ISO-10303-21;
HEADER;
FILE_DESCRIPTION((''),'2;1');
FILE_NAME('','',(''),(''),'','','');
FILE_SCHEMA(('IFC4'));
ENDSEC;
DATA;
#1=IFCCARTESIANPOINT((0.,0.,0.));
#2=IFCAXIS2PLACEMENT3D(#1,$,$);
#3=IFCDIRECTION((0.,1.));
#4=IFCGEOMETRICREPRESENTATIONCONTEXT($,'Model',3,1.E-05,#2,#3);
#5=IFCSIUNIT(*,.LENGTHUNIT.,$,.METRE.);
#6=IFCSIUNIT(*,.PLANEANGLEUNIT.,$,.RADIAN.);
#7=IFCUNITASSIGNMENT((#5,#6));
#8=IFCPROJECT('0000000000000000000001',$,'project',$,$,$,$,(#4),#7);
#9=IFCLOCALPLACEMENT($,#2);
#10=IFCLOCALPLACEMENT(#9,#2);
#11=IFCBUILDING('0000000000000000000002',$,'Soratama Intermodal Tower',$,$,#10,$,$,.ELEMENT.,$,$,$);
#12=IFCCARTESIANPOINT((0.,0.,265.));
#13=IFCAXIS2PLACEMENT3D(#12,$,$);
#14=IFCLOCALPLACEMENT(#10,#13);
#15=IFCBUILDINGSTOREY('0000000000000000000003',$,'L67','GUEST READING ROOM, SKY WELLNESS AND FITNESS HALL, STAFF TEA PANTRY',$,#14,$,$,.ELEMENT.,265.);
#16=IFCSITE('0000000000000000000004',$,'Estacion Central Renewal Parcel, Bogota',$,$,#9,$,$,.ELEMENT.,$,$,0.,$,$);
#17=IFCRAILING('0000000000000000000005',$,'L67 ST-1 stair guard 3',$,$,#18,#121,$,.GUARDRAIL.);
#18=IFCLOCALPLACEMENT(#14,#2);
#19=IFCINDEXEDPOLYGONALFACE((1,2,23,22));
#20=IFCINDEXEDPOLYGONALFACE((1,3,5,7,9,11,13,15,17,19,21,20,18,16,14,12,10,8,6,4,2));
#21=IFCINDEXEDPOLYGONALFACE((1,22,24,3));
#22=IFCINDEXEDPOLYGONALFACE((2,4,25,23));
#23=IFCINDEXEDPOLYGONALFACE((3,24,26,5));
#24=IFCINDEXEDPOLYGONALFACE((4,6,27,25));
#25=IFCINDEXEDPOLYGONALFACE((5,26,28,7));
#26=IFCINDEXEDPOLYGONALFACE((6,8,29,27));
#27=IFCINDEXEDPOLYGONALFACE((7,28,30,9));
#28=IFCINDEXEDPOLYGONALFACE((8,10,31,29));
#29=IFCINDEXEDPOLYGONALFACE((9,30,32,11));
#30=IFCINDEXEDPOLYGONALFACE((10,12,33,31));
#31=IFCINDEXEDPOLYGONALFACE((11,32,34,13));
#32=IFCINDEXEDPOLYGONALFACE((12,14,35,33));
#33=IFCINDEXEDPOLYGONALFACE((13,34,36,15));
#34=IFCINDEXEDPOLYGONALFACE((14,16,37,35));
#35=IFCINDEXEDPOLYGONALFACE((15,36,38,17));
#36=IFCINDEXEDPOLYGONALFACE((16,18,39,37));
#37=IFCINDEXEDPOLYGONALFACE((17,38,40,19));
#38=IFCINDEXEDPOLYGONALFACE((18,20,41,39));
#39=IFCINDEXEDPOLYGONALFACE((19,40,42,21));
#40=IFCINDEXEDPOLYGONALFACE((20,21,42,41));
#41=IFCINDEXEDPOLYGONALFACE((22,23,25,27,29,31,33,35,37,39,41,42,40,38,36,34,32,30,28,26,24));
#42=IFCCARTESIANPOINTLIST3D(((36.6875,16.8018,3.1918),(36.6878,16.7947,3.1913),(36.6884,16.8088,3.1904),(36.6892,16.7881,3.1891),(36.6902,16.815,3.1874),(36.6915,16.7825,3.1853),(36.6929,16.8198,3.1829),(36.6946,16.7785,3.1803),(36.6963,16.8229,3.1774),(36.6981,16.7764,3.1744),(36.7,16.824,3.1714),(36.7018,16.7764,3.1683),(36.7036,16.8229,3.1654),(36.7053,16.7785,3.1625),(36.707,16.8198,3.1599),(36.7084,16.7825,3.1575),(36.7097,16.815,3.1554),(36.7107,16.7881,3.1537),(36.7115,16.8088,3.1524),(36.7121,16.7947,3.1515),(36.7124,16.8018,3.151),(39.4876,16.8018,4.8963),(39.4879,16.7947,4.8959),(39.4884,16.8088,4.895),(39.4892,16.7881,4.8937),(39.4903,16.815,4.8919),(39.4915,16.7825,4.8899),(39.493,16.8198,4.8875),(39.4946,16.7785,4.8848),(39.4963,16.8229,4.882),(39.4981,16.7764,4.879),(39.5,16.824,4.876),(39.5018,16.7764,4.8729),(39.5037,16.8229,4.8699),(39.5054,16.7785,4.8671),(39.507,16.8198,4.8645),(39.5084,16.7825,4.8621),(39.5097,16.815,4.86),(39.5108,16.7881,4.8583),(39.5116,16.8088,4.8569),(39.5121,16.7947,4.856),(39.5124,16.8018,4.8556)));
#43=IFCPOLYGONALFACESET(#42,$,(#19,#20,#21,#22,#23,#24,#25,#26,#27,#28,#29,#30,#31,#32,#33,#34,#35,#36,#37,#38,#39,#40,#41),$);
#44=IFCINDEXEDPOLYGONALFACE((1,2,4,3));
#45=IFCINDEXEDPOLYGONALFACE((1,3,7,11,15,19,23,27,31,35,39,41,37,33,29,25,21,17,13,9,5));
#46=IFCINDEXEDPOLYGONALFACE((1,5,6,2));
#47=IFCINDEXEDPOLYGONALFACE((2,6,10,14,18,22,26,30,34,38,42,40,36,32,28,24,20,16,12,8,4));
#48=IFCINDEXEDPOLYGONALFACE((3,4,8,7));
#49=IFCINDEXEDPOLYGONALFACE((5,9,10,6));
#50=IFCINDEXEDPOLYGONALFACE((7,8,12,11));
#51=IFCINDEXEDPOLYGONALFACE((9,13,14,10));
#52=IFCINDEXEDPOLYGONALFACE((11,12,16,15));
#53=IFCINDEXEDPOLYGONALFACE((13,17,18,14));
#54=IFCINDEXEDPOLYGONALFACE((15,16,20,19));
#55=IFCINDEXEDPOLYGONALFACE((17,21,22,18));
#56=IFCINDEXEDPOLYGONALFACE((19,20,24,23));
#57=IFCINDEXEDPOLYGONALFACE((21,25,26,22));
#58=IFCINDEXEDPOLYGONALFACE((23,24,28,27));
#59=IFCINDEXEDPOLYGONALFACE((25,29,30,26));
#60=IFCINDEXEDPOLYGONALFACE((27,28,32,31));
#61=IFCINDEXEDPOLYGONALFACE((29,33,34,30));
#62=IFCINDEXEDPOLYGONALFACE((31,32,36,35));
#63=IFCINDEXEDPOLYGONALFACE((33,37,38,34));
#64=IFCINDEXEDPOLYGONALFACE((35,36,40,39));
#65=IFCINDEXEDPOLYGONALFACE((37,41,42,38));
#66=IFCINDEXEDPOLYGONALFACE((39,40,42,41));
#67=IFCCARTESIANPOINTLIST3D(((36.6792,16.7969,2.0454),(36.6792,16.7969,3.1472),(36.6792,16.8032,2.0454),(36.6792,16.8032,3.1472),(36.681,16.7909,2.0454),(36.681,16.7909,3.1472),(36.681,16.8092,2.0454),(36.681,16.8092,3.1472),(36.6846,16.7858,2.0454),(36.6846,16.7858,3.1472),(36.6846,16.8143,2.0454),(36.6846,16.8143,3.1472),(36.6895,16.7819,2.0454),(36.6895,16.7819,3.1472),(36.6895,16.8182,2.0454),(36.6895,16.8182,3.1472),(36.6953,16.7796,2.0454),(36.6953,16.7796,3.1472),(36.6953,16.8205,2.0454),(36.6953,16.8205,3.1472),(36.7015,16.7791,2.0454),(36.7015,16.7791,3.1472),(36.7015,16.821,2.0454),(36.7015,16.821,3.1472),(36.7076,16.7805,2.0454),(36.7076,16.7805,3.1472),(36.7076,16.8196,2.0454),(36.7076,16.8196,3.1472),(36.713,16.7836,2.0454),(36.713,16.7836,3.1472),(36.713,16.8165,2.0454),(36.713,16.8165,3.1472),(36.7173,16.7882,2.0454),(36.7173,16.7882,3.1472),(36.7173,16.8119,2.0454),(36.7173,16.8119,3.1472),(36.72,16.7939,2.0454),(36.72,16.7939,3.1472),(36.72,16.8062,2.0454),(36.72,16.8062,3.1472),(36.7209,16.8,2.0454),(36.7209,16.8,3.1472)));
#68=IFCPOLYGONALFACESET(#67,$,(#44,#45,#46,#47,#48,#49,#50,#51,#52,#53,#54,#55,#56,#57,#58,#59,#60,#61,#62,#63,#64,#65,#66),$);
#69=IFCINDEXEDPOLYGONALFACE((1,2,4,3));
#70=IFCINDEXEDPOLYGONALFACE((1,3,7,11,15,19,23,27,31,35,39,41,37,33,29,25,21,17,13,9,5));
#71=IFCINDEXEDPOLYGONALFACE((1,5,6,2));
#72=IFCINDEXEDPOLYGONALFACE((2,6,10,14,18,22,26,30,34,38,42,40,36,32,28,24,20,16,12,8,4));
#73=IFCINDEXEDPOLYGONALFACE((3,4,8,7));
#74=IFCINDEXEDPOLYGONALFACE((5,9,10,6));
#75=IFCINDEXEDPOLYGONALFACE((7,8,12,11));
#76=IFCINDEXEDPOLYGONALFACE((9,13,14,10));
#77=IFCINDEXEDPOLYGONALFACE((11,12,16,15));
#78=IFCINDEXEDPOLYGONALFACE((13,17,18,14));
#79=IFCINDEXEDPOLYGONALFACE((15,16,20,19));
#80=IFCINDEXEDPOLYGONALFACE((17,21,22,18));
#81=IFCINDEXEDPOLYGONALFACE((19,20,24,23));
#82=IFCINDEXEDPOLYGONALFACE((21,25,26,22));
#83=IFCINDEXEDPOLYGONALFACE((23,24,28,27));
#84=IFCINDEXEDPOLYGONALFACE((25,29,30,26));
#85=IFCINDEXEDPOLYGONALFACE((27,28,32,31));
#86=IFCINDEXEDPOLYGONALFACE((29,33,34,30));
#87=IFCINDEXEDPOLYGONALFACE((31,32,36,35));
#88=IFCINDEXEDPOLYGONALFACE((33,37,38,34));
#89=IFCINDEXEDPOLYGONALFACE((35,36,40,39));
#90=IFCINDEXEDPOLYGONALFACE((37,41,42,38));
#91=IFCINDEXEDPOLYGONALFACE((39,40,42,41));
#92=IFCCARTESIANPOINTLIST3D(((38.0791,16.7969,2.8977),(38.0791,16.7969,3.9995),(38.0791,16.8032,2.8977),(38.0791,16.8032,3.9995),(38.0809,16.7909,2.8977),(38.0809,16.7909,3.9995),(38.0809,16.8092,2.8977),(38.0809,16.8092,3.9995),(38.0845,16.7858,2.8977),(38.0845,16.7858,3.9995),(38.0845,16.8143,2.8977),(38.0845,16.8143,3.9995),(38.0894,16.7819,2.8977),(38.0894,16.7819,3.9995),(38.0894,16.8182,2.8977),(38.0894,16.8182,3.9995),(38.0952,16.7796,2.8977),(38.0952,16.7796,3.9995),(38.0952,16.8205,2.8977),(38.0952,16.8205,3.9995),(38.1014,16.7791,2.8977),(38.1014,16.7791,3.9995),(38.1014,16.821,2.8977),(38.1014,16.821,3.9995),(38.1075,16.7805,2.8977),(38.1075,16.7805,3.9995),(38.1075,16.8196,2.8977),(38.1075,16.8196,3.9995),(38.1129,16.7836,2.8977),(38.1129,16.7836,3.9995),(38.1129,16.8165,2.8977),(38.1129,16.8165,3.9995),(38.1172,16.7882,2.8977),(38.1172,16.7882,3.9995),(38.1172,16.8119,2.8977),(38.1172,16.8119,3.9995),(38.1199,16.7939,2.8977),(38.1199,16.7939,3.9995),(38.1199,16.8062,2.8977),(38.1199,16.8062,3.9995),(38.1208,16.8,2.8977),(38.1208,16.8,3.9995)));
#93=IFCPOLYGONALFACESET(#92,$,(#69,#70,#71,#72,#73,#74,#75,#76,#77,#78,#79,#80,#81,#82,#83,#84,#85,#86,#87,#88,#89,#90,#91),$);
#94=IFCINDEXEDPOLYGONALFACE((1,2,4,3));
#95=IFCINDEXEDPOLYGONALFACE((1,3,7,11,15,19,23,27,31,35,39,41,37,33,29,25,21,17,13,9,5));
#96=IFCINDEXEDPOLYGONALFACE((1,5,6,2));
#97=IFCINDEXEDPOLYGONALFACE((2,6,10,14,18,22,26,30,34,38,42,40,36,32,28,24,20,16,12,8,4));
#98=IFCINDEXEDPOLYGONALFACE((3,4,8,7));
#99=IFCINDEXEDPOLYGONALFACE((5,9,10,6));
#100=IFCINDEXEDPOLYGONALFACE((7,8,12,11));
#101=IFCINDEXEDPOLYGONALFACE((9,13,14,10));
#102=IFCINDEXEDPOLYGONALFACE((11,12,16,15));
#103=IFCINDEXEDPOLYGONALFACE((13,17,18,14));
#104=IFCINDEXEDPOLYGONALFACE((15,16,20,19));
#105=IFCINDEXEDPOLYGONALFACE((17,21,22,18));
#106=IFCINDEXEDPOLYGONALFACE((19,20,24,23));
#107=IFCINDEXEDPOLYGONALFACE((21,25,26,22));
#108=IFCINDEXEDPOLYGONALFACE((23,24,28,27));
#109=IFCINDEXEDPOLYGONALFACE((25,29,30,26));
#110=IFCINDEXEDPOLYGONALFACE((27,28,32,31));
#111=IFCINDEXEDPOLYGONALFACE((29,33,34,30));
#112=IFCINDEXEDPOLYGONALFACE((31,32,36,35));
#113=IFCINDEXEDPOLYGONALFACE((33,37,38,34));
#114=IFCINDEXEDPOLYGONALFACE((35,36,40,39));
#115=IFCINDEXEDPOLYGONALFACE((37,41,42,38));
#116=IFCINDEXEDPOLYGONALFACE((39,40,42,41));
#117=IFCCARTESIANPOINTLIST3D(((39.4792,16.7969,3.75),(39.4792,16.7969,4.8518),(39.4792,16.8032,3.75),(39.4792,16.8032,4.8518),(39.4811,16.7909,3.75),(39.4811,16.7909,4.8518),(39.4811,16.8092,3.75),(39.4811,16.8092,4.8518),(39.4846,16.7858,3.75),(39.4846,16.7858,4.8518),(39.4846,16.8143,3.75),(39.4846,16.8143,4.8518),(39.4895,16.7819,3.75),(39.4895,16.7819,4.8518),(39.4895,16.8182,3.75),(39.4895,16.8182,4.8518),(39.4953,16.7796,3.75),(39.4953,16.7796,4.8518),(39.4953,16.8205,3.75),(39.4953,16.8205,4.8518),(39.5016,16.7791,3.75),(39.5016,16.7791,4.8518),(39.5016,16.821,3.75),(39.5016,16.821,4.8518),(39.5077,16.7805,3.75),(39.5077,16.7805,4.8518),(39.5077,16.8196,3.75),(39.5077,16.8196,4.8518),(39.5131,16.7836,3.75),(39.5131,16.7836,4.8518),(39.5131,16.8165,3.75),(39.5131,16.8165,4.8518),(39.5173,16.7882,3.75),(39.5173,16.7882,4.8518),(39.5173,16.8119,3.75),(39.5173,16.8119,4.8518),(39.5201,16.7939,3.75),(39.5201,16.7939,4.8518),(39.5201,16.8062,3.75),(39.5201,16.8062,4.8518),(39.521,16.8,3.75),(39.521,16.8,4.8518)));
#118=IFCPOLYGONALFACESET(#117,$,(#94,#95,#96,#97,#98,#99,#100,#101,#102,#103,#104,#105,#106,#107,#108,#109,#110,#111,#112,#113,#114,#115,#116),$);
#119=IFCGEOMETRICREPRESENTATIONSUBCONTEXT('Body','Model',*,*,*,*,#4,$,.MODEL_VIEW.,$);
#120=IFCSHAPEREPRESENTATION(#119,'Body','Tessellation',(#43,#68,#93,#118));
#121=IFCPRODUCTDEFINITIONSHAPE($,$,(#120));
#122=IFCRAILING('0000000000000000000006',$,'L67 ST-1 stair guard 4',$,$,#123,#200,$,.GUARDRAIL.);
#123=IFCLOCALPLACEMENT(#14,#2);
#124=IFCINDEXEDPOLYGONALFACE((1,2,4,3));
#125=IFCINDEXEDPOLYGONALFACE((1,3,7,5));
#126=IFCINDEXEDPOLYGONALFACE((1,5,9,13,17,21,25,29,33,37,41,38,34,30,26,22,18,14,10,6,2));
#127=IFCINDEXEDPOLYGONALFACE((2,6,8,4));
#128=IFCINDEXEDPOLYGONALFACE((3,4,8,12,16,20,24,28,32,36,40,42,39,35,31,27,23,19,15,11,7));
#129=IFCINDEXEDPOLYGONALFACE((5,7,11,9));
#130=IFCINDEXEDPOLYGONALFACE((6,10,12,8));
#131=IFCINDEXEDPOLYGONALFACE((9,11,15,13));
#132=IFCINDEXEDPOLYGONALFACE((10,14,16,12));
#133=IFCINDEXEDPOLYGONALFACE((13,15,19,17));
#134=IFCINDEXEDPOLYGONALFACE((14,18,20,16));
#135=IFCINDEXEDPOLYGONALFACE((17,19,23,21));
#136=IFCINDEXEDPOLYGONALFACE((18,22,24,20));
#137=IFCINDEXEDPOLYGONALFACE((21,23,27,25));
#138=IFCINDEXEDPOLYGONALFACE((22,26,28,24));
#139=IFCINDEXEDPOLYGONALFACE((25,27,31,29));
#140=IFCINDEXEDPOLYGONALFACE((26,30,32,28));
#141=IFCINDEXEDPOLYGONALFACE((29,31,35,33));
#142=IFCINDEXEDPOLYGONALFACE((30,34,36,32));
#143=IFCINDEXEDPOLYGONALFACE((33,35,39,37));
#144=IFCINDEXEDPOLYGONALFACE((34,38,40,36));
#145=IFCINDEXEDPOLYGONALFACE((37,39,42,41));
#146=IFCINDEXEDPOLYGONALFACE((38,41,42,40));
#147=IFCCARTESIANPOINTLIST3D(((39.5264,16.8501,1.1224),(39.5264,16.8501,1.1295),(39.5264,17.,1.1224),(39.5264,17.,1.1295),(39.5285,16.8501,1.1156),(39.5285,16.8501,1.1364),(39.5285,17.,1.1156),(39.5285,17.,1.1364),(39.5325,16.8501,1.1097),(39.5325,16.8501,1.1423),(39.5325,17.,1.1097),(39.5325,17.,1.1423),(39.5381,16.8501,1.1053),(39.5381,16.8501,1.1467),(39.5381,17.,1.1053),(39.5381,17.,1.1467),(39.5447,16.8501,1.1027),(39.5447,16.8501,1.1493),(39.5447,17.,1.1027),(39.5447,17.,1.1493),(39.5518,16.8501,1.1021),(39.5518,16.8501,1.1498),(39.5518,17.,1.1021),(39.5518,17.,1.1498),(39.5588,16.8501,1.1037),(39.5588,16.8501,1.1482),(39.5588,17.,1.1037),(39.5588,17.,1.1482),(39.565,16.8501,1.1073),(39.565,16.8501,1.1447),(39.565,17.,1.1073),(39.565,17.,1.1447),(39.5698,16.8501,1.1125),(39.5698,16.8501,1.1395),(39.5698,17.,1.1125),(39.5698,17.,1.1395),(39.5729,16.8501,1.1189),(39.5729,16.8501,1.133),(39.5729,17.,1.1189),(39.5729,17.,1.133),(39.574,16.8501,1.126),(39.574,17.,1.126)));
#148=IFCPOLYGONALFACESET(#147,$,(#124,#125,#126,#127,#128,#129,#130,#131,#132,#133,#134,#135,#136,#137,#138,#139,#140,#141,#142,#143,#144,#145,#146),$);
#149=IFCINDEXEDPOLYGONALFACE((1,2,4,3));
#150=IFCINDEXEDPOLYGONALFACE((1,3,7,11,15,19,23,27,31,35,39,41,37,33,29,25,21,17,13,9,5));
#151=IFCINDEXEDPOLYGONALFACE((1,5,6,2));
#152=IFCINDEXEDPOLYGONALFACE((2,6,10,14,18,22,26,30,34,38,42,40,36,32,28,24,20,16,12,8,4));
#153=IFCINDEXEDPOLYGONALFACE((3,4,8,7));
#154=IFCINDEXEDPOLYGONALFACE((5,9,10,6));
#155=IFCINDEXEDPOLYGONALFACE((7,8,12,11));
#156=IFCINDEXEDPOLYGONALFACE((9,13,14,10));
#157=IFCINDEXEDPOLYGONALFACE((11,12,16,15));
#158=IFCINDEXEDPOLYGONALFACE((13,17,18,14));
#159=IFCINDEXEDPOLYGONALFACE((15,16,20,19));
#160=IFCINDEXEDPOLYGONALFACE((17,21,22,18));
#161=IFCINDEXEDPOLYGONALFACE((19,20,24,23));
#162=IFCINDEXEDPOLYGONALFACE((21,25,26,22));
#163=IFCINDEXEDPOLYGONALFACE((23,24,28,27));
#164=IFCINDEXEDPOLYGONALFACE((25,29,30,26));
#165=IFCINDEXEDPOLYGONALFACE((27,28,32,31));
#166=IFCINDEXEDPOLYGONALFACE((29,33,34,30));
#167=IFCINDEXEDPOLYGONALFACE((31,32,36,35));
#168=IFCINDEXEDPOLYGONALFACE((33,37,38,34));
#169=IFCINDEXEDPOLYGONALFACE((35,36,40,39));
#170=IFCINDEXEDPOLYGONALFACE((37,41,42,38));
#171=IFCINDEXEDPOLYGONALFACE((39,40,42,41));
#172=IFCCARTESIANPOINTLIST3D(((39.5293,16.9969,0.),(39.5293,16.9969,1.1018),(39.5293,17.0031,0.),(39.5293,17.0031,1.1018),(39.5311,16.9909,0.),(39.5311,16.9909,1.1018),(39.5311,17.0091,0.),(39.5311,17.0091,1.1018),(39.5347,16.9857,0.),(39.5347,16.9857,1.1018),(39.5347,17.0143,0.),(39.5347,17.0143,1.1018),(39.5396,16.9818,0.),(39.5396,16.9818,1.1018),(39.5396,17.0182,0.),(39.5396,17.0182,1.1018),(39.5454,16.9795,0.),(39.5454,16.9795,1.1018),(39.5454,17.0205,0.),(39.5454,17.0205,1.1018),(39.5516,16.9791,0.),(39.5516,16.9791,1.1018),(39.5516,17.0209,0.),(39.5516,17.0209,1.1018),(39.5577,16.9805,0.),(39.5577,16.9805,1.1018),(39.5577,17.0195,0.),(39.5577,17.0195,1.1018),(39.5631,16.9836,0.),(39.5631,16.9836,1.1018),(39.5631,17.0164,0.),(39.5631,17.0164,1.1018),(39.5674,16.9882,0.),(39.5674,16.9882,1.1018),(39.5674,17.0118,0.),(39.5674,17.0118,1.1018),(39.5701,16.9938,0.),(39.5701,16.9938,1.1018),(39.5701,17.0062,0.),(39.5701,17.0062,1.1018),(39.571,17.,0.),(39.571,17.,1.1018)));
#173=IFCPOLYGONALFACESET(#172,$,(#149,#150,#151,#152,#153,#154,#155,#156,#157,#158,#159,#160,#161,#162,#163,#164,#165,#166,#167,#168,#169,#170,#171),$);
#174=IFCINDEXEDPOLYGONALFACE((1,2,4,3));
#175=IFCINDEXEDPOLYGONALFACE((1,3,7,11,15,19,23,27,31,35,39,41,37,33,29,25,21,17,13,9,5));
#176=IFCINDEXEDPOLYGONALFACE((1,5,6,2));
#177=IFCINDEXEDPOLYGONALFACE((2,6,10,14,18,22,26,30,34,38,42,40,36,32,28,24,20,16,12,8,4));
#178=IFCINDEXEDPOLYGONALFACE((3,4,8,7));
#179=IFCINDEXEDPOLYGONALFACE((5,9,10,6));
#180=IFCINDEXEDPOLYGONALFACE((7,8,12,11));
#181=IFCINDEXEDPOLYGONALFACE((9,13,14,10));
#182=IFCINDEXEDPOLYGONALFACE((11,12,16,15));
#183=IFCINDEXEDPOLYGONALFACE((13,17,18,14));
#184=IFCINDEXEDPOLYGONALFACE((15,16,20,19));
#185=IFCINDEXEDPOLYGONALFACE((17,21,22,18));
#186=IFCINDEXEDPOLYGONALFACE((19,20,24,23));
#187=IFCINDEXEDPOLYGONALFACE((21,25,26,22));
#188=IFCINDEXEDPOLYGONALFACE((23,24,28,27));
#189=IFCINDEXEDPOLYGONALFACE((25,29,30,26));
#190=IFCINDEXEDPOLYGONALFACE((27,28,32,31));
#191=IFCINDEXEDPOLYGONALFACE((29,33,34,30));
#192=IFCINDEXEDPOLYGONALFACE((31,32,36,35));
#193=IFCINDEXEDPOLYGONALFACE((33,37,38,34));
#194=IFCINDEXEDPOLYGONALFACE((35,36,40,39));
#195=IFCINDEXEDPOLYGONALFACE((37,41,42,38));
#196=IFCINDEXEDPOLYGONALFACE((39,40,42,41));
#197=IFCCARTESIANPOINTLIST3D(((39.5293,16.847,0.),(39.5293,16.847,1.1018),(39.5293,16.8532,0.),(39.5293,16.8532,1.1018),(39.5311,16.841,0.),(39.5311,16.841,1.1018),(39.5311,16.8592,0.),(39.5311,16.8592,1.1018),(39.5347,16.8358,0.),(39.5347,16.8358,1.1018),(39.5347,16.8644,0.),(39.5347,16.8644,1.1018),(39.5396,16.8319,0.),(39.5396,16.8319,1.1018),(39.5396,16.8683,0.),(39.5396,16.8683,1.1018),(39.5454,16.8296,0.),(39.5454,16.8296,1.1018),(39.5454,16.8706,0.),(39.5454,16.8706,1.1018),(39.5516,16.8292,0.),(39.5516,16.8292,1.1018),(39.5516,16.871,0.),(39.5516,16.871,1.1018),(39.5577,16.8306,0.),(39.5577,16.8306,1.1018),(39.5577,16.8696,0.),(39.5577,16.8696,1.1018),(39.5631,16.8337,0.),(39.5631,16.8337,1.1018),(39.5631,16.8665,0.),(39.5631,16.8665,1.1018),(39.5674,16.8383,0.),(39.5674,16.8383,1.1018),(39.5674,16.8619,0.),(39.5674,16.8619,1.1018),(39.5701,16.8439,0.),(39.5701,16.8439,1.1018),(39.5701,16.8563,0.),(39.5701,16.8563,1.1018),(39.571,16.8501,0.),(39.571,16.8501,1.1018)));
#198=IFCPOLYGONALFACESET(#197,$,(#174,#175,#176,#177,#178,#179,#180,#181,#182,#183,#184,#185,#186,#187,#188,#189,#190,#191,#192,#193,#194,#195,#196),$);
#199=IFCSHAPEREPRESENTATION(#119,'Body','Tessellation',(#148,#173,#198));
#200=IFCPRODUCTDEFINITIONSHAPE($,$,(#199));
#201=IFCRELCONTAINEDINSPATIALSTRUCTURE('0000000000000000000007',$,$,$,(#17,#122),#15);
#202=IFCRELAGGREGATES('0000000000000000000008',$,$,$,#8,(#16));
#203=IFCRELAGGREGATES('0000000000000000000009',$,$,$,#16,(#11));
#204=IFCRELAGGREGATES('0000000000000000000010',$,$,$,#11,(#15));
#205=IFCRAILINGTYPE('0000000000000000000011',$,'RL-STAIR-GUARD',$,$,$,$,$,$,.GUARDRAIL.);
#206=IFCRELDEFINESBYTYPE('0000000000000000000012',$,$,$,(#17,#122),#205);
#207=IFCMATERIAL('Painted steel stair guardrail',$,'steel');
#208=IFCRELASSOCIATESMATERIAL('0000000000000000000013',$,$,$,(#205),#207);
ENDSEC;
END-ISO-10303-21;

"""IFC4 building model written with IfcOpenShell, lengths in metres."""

from ifc_helpers import new_model, si_unit, direction, frame, origin, origin_2d, place, context, subcontext, project, spatial, circle, extrude, material, type_object, element, save


model = new_model("IFC4")

# Units and contexts
model_context = context("Model", 3, precision=1e-05, world=origin(), true_north=direction((0.0, 1.0)))
body_context = subcontext(model_context, "Body", "Model", "MODEL_VIEW")
ifc_project = project(units=[si_unit("LENGTHUNIT", "METRE"), si_unit("PLANEANGLEUNIT", "RADIAN")], contexts=[model_context])

# Site, building, storey
site_placement = place(None, origin())
site = spatial("IfcSite", under=ifc_project, at=site_placement, Name="Estacion Central Renewal Parcel, Bogota", CompositionType="ELEMENT", RefElevation=0.0)
building_placement = place(site_placement, origin())
building = spatial("IfcBuilding", under=site, at=building_placement, Name="Soratama Intermodal Tower", CompositionType="ELEMENT")
storey_placement = place(building_placement, frame((0.0, 0.0, 265.0)))
storey = spatial("IfcBuildingStorey", under=building, at=storey_placement, Name="L67", Description="GUEST READING ROOM, SKY WELLNESS AND FITNESS HALL, STAFF TEA PANTRY", CompositionType="ELEMENT", Elevation=265.0)

# Railings
ifc_material_1 = material(Name="Painted steel stair guardrail", Category="steel")
railing_type_1 = type_object("IfcRailingType", Name="RL-STAIR-GUARD", PredefinedType="GUARDRAIL", material=ifc_material_1)
railing_1_placement = place(storey_placement, frame((36.7, 16.8, 2.0454)))
element("IfcRailing", 1, at=railing_1_placement, inside=storey, type_object=railing_type_1, Name="L67 ST-1 stair guard 3", PredefinedType="GUARDRAIL", context=body_context, shape_type="SweptSolid", body=[
    extrude(circle(Radius=0.0239, at=origin_2d()), frame((0.0, 0.0, 1.126), z_axis=(0.85417, 0.0, 0.519994), x_axis=(0.0, 1.0, 0.0)), (0.0, 0.0, 1.0), 3.2781),
    extrude(circle(Radius=0.021, at=origin_2d()), origin(), (0.0, 0.0, 1.0), 1.1018),
    extrude(circle(Radius=0.021, at=origin_2d()), frame((1.3999, 0.0, 0.8523)), (0.0, 0.0, 1.0), 1.1018),
    extrude(circle(Radius=0.021, at=origin_2d()), frame((2.8, 0.0, 1.7046)), (0.0, 0.0, 1.0), 1.1018),
])
railing_2_placement = place(storey_placement, frame((39.55, 17.0, 0.0)))
element("IfcRailing", 2, at=railing_2_placement, inside=storey, type_object=railing_type_1, Name="L67 ST-1 stair guard 4", PredefinedType="GUARDRAIL", context=body_context, shape_type="SweptSolid", body=[
    extrude(circle(Radius=0.0239, at=origin_2d()), frame((0.0, 0.0, 1.126), z_axis=(0.0, -1.0, 0.0), x_axis=(1.0, 0.0, 0.0)), (0.0, 0.0, 1.0), 0.1499),
    extrude(circle(Radius=0.021, at=origin_2d()), origin(), (0.0, 0.0, 1.0), 1.1018),
    extrude(circle(Radius=0.021, at=origin_2d()), frame((0.0, -0.1499, 0.0)), (0.0, 0.0, 1.0), 1.1018),
])

save(model, "model.ifc")
